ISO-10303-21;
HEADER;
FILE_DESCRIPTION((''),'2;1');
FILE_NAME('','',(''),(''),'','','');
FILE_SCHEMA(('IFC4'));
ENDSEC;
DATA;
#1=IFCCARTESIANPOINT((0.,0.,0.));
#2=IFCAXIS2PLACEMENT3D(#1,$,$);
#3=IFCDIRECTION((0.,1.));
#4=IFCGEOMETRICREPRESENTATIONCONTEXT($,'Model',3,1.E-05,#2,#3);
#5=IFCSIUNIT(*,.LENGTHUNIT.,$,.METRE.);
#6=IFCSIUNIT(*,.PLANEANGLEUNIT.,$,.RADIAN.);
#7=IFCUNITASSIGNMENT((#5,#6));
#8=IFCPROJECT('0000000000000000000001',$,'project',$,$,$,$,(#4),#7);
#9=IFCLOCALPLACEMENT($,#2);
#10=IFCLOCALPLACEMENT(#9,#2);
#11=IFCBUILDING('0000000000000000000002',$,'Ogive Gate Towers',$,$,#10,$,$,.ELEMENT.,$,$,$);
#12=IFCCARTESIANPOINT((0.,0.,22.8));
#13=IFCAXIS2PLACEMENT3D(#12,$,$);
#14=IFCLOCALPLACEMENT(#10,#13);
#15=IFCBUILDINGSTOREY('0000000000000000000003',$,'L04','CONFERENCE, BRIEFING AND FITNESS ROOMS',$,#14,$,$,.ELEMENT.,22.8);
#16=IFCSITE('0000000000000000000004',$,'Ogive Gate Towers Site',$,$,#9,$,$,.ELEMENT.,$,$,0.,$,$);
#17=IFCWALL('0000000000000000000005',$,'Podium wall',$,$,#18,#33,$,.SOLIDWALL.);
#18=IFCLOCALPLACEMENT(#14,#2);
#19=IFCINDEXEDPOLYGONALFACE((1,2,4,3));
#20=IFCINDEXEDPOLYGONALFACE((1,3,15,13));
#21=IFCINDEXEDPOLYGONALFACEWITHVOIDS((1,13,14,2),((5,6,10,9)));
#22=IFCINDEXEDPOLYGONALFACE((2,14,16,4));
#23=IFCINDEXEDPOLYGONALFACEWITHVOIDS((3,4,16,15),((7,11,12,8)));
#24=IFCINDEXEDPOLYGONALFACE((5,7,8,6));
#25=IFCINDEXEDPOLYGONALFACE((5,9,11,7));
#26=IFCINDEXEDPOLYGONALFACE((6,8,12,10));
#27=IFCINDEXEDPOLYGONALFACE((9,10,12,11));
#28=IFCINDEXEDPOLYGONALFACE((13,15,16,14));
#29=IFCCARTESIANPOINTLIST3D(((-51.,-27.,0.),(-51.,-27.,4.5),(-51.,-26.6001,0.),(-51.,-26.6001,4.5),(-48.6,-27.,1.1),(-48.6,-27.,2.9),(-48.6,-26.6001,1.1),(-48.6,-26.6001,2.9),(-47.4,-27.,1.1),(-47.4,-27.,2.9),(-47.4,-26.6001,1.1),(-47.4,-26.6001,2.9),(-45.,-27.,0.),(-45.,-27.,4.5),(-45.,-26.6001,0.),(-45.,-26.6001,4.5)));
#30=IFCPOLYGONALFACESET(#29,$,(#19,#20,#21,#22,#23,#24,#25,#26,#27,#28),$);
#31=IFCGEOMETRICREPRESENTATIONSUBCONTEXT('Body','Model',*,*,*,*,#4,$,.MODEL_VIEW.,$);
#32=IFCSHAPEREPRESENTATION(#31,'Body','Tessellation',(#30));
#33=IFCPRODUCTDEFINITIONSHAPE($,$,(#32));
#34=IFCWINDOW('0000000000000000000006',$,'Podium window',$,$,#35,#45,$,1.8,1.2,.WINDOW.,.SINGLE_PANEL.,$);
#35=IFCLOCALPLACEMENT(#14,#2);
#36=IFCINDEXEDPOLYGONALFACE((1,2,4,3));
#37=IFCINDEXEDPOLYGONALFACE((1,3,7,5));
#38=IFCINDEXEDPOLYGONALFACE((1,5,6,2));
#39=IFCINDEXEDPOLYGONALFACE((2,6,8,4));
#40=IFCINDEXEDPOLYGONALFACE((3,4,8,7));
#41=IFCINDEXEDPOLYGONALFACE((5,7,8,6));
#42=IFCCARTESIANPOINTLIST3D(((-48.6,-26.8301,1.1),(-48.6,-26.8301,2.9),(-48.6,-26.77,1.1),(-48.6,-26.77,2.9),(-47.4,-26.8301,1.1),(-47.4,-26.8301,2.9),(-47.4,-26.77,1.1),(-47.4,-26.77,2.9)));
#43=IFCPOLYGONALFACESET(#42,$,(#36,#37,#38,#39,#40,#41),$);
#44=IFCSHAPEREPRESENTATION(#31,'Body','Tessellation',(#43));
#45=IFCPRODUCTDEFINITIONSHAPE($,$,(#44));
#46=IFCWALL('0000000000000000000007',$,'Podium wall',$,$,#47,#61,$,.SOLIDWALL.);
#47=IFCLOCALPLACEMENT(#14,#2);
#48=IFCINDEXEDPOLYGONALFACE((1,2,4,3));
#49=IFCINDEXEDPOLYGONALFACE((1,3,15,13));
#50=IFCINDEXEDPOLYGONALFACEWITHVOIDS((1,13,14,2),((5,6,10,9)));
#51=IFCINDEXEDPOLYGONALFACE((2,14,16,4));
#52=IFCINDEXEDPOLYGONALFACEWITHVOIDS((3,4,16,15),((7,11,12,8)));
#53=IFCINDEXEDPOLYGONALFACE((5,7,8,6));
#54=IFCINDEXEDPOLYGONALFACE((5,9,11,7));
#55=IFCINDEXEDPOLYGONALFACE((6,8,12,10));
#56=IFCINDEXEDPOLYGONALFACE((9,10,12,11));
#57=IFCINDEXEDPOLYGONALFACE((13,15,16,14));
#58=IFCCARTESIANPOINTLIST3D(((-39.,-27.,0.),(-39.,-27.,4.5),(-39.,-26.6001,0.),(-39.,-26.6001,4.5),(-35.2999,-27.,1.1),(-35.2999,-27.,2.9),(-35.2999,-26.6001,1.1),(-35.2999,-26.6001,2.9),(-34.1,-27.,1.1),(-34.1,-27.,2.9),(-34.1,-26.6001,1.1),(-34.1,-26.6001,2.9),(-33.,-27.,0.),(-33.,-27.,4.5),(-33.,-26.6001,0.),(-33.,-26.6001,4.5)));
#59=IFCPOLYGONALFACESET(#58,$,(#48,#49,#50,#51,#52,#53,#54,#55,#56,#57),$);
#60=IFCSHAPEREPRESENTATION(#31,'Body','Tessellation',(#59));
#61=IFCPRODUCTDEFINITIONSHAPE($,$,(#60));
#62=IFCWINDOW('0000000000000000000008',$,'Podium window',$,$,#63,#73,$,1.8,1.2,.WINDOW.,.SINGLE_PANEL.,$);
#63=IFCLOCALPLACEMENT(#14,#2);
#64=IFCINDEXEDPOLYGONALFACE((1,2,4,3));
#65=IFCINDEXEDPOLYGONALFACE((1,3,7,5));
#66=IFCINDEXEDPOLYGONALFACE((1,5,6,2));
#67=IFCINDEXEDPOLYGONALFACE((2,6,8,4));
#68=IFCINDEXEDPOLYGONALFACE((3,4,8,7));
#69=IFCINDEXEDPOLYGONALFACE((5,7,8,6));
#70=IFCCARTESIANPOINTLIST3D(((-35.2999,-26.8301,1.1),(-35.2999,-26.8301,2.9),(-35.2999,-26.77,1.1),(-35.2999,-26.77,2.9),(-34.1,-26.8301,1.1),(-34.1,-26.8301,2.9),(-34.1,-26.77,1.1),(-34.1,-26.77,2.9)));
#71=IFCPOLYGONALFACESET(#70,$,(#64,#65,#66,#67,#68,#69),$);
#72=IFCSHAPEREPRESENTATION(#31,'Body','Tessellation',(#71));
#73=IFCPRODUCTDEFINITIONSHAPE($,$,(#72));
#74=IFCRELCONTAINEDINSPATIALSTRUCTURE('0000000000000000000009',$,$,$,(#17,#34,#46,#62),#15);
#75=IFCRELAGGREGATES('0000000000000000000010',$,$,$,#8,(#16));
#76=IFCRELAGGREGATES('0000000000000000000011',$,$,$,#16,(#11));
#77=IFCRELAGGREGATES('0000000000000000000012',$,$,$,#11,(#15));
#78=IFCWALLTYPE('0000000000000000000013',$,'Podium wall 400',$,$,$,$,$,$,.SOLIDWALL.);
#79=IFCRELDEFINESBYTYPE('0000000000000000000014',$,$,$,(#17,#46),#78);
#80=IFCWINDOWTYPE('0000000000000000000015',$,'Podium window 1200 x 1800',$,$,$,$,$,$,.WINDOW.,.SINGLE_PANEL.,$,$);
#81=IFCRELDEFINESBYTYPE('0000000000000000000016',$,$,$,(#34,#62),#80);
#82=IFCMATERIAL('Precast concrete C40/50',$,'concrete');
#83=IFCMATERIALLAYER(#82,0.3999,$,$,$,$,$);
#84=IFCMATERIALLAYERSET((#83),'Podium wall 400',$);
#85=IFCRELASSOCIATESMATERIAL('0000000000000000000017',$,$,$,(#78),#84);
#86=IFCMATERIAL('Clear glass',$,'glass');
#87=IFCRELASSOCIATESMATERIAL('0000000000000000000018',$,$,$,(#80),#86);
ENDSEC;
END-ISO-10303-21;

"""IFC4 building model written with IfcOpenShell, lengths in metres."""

from ifc_helpers import new_model, si_unit, direction, frame, frame_2d, origin, place, context, subcontext, project, spatial, rectangle, extrude, material, layer, layer_set, type_object, element, fill, save


model = new_model("IFC4")

# Units and contexts
model_context = context("Model", 3, precision=1e-05, world=origin(), true_north=direction((0.0, 1.0)))
body_context = subcontext(model_context, "Body", "Model", "MODEL_VIEW")
ifc_project = project(units=[si_unit("LENGTHUNIT", "METRE"), si_unit("PLANEANGLEUNIT", "RADIAN")], contexts=[model_context])

# Site, building, storey
site_placement = place(None, origin())
site = spatial("IfcSite", under=ifc_project, at=site_placement, Name="Ogive Gate Towers Site", CompositionType="ELEMENT", RefElevation=0.0)
building_placement = place(site_placement, origin())
building = spatial("IfcBuilding", under=site, at=building_placement, Name="Ogive Gate Towers", CompositionType="ELEMENT")
storey_placement = place(building_placement, frame((0.0, 0.0, 22.8)))
storey = spatial("IfcBuildingStorey", under=building, at=storey_placement, Name="L04", Description="CONFERENCE, BRIEFING AND FITNESS ROOMS", CompositionType="ELEMENT", Elevation=22.8)

# Wall, opening, window
ifc_material_1 = material(Name="Precast concrete C40/50", Category="concrete")
ifc_layer_1 = layer(ifc_material_1, 0.3999)
ifc_layer_set_1 = layer_set([ifc_layer_1], Name="Podium wall 400")
wall_type_1 = type_object("IfcWallType", Name="Podium wall 400", PredefinedType="SOLIDWALL", material=ifc_layer_set_1)
wall_1_placement = place(storey_placement, frame((-51.0, -26.8, 0.0), z_axis=(0.0, 0.0, 1.0), x_axis=(1.0, 0.0, 0.0)))
wall_1 = element("IfcWall", 1, at=wall_1_placement, inside=storey, type_object=wall_type_1, Name="Podium wall", PredefinedType="SOLIDWALL", context=body_context, shape_type="SweptSolid", body=[
    extrude(rectangle(XDim=6.0, YDim=0.3999, at=frame_2d((3.0, 0.0))), origin(), (0.0, 0.0, 1.0), 4.5),
])
opening_1_placement = place(wall_1_placement, frame((2.3999, 0.0, 1.1001)))
opening_1 = element("IfcOpeningElement", 2, at=opening_1_placement, cuts=wall_1, PredefinedType="OPENING", context=body_context, shape_type="SweptSolid", body=[
    extrude(rectangle(XDim=1.2, YDim=1.8, at=frame_2d((0.6001, 0.8999))), frame((0.0, 0.21, 0.0), z_axis=(0.0, -1.0, 0.0), x_axis=(1.0, 0.0, 0.0)), (0.0, 0.0, 1.0), 0.4199),
])
ifc_material_2 = material(Name="Clear glass", Category="glass")
window_type = type_object("IfcWindowType", Name="Podium window 1200 x 1800", PartitioningType="SINGLE_PANEL", PredefinedType="WINDOW", material=ifc_material_2)
window_1_placement = place(opening_1_placement, origin())
window_1 = element("IfcWindow", 3, at=window_1_placement, inside=storey, type_object=window_type, Name="Podium window", OverallHeight=1.8, OverallWidth=1.2, PartitioningType="SINGLE_PANEL", PredefinedType="WINDOW", context=body_context, shape_type="SweptSolid", body=[
    extrude(rectangle(XDim=1.2, YDim=1.8, at=frame_2d((0.6001, 0.8999))), frame((0.0, 0.03, 0.0), z_axis=(0.0, -1.0, 0.0), x_axis=(1.0, 0.0, 0.0)), (0.0, 0.0, 1.0), 0.0601),
])
fill(opening_1, window_1)

# Wall, opening, window
wall_2_placement = place(storey_placement, frame((-39.0, -26.8, 0.0), z_axis=(0.0, 0.0, 1.0), x_axis=(1.0, 0.0, 0.0)))
wall_2 = element("IfcWall", 4, at=wall_2_placement, inside=storey, type_object=wall_type_1, Name="Podium wall", PredefinedType="SOLIDWALL", context=body_context, shape_type="SweptSolid", body=[
    extrude(rectangle(XDim=6.0, YDim=0.3999, at=frame_2d((3.0, 0.0))), origin(), (0.0, 0.0, 1.0), 4.5),
])
opening_2_placement = place(wall_2_placement, frame((3.7, 0.0, 1.1001)))
opening_2 = element("IfcOpeningElement", 5, at=opening_2_placement, cuts=wall_2, PredefinedType="OPENING", context=body_context, shape_type="SweptSolid", body=[
    extrude(rectangle(XDim=1.2, YDim=1.8, at=frame_2d((0.6001, 0.8999))), frame((0.0, 0.21, 0.0), z_axis=(0.0, -1.0, 0.0), x_axis=(1.0, 0.0, 0.0)), (0.0, 0.0, 1.0), 0.4199),
])
window_2_placement = place(opening_2_placement, origin())
window_2 = element("IfcWindow", 6, at=window_2_placement, inside=storey, type_object=window_type, Name="Podium window", OverallHeight=1.8, OverallWidth=1.2, PartitioningType="SINGLE_PANEL", PredefinedType="WINDOW", context=body_context, shape_type="SweptSolid", body=[
    extrude(rectangle(XDim=1.2, YDim=1.8, at=frame_2d((0.6001, 0.8999))), frame((0.0, 0.03, 0.0), z_axis=(0.0, -1.0, 0.0), x_axis=(1.0, 0.0, 0.0)), (0.0, 0.0, 1.0), 0.0601),
])
fill(opening_2, window_2)

save(model, "model.ifc")
